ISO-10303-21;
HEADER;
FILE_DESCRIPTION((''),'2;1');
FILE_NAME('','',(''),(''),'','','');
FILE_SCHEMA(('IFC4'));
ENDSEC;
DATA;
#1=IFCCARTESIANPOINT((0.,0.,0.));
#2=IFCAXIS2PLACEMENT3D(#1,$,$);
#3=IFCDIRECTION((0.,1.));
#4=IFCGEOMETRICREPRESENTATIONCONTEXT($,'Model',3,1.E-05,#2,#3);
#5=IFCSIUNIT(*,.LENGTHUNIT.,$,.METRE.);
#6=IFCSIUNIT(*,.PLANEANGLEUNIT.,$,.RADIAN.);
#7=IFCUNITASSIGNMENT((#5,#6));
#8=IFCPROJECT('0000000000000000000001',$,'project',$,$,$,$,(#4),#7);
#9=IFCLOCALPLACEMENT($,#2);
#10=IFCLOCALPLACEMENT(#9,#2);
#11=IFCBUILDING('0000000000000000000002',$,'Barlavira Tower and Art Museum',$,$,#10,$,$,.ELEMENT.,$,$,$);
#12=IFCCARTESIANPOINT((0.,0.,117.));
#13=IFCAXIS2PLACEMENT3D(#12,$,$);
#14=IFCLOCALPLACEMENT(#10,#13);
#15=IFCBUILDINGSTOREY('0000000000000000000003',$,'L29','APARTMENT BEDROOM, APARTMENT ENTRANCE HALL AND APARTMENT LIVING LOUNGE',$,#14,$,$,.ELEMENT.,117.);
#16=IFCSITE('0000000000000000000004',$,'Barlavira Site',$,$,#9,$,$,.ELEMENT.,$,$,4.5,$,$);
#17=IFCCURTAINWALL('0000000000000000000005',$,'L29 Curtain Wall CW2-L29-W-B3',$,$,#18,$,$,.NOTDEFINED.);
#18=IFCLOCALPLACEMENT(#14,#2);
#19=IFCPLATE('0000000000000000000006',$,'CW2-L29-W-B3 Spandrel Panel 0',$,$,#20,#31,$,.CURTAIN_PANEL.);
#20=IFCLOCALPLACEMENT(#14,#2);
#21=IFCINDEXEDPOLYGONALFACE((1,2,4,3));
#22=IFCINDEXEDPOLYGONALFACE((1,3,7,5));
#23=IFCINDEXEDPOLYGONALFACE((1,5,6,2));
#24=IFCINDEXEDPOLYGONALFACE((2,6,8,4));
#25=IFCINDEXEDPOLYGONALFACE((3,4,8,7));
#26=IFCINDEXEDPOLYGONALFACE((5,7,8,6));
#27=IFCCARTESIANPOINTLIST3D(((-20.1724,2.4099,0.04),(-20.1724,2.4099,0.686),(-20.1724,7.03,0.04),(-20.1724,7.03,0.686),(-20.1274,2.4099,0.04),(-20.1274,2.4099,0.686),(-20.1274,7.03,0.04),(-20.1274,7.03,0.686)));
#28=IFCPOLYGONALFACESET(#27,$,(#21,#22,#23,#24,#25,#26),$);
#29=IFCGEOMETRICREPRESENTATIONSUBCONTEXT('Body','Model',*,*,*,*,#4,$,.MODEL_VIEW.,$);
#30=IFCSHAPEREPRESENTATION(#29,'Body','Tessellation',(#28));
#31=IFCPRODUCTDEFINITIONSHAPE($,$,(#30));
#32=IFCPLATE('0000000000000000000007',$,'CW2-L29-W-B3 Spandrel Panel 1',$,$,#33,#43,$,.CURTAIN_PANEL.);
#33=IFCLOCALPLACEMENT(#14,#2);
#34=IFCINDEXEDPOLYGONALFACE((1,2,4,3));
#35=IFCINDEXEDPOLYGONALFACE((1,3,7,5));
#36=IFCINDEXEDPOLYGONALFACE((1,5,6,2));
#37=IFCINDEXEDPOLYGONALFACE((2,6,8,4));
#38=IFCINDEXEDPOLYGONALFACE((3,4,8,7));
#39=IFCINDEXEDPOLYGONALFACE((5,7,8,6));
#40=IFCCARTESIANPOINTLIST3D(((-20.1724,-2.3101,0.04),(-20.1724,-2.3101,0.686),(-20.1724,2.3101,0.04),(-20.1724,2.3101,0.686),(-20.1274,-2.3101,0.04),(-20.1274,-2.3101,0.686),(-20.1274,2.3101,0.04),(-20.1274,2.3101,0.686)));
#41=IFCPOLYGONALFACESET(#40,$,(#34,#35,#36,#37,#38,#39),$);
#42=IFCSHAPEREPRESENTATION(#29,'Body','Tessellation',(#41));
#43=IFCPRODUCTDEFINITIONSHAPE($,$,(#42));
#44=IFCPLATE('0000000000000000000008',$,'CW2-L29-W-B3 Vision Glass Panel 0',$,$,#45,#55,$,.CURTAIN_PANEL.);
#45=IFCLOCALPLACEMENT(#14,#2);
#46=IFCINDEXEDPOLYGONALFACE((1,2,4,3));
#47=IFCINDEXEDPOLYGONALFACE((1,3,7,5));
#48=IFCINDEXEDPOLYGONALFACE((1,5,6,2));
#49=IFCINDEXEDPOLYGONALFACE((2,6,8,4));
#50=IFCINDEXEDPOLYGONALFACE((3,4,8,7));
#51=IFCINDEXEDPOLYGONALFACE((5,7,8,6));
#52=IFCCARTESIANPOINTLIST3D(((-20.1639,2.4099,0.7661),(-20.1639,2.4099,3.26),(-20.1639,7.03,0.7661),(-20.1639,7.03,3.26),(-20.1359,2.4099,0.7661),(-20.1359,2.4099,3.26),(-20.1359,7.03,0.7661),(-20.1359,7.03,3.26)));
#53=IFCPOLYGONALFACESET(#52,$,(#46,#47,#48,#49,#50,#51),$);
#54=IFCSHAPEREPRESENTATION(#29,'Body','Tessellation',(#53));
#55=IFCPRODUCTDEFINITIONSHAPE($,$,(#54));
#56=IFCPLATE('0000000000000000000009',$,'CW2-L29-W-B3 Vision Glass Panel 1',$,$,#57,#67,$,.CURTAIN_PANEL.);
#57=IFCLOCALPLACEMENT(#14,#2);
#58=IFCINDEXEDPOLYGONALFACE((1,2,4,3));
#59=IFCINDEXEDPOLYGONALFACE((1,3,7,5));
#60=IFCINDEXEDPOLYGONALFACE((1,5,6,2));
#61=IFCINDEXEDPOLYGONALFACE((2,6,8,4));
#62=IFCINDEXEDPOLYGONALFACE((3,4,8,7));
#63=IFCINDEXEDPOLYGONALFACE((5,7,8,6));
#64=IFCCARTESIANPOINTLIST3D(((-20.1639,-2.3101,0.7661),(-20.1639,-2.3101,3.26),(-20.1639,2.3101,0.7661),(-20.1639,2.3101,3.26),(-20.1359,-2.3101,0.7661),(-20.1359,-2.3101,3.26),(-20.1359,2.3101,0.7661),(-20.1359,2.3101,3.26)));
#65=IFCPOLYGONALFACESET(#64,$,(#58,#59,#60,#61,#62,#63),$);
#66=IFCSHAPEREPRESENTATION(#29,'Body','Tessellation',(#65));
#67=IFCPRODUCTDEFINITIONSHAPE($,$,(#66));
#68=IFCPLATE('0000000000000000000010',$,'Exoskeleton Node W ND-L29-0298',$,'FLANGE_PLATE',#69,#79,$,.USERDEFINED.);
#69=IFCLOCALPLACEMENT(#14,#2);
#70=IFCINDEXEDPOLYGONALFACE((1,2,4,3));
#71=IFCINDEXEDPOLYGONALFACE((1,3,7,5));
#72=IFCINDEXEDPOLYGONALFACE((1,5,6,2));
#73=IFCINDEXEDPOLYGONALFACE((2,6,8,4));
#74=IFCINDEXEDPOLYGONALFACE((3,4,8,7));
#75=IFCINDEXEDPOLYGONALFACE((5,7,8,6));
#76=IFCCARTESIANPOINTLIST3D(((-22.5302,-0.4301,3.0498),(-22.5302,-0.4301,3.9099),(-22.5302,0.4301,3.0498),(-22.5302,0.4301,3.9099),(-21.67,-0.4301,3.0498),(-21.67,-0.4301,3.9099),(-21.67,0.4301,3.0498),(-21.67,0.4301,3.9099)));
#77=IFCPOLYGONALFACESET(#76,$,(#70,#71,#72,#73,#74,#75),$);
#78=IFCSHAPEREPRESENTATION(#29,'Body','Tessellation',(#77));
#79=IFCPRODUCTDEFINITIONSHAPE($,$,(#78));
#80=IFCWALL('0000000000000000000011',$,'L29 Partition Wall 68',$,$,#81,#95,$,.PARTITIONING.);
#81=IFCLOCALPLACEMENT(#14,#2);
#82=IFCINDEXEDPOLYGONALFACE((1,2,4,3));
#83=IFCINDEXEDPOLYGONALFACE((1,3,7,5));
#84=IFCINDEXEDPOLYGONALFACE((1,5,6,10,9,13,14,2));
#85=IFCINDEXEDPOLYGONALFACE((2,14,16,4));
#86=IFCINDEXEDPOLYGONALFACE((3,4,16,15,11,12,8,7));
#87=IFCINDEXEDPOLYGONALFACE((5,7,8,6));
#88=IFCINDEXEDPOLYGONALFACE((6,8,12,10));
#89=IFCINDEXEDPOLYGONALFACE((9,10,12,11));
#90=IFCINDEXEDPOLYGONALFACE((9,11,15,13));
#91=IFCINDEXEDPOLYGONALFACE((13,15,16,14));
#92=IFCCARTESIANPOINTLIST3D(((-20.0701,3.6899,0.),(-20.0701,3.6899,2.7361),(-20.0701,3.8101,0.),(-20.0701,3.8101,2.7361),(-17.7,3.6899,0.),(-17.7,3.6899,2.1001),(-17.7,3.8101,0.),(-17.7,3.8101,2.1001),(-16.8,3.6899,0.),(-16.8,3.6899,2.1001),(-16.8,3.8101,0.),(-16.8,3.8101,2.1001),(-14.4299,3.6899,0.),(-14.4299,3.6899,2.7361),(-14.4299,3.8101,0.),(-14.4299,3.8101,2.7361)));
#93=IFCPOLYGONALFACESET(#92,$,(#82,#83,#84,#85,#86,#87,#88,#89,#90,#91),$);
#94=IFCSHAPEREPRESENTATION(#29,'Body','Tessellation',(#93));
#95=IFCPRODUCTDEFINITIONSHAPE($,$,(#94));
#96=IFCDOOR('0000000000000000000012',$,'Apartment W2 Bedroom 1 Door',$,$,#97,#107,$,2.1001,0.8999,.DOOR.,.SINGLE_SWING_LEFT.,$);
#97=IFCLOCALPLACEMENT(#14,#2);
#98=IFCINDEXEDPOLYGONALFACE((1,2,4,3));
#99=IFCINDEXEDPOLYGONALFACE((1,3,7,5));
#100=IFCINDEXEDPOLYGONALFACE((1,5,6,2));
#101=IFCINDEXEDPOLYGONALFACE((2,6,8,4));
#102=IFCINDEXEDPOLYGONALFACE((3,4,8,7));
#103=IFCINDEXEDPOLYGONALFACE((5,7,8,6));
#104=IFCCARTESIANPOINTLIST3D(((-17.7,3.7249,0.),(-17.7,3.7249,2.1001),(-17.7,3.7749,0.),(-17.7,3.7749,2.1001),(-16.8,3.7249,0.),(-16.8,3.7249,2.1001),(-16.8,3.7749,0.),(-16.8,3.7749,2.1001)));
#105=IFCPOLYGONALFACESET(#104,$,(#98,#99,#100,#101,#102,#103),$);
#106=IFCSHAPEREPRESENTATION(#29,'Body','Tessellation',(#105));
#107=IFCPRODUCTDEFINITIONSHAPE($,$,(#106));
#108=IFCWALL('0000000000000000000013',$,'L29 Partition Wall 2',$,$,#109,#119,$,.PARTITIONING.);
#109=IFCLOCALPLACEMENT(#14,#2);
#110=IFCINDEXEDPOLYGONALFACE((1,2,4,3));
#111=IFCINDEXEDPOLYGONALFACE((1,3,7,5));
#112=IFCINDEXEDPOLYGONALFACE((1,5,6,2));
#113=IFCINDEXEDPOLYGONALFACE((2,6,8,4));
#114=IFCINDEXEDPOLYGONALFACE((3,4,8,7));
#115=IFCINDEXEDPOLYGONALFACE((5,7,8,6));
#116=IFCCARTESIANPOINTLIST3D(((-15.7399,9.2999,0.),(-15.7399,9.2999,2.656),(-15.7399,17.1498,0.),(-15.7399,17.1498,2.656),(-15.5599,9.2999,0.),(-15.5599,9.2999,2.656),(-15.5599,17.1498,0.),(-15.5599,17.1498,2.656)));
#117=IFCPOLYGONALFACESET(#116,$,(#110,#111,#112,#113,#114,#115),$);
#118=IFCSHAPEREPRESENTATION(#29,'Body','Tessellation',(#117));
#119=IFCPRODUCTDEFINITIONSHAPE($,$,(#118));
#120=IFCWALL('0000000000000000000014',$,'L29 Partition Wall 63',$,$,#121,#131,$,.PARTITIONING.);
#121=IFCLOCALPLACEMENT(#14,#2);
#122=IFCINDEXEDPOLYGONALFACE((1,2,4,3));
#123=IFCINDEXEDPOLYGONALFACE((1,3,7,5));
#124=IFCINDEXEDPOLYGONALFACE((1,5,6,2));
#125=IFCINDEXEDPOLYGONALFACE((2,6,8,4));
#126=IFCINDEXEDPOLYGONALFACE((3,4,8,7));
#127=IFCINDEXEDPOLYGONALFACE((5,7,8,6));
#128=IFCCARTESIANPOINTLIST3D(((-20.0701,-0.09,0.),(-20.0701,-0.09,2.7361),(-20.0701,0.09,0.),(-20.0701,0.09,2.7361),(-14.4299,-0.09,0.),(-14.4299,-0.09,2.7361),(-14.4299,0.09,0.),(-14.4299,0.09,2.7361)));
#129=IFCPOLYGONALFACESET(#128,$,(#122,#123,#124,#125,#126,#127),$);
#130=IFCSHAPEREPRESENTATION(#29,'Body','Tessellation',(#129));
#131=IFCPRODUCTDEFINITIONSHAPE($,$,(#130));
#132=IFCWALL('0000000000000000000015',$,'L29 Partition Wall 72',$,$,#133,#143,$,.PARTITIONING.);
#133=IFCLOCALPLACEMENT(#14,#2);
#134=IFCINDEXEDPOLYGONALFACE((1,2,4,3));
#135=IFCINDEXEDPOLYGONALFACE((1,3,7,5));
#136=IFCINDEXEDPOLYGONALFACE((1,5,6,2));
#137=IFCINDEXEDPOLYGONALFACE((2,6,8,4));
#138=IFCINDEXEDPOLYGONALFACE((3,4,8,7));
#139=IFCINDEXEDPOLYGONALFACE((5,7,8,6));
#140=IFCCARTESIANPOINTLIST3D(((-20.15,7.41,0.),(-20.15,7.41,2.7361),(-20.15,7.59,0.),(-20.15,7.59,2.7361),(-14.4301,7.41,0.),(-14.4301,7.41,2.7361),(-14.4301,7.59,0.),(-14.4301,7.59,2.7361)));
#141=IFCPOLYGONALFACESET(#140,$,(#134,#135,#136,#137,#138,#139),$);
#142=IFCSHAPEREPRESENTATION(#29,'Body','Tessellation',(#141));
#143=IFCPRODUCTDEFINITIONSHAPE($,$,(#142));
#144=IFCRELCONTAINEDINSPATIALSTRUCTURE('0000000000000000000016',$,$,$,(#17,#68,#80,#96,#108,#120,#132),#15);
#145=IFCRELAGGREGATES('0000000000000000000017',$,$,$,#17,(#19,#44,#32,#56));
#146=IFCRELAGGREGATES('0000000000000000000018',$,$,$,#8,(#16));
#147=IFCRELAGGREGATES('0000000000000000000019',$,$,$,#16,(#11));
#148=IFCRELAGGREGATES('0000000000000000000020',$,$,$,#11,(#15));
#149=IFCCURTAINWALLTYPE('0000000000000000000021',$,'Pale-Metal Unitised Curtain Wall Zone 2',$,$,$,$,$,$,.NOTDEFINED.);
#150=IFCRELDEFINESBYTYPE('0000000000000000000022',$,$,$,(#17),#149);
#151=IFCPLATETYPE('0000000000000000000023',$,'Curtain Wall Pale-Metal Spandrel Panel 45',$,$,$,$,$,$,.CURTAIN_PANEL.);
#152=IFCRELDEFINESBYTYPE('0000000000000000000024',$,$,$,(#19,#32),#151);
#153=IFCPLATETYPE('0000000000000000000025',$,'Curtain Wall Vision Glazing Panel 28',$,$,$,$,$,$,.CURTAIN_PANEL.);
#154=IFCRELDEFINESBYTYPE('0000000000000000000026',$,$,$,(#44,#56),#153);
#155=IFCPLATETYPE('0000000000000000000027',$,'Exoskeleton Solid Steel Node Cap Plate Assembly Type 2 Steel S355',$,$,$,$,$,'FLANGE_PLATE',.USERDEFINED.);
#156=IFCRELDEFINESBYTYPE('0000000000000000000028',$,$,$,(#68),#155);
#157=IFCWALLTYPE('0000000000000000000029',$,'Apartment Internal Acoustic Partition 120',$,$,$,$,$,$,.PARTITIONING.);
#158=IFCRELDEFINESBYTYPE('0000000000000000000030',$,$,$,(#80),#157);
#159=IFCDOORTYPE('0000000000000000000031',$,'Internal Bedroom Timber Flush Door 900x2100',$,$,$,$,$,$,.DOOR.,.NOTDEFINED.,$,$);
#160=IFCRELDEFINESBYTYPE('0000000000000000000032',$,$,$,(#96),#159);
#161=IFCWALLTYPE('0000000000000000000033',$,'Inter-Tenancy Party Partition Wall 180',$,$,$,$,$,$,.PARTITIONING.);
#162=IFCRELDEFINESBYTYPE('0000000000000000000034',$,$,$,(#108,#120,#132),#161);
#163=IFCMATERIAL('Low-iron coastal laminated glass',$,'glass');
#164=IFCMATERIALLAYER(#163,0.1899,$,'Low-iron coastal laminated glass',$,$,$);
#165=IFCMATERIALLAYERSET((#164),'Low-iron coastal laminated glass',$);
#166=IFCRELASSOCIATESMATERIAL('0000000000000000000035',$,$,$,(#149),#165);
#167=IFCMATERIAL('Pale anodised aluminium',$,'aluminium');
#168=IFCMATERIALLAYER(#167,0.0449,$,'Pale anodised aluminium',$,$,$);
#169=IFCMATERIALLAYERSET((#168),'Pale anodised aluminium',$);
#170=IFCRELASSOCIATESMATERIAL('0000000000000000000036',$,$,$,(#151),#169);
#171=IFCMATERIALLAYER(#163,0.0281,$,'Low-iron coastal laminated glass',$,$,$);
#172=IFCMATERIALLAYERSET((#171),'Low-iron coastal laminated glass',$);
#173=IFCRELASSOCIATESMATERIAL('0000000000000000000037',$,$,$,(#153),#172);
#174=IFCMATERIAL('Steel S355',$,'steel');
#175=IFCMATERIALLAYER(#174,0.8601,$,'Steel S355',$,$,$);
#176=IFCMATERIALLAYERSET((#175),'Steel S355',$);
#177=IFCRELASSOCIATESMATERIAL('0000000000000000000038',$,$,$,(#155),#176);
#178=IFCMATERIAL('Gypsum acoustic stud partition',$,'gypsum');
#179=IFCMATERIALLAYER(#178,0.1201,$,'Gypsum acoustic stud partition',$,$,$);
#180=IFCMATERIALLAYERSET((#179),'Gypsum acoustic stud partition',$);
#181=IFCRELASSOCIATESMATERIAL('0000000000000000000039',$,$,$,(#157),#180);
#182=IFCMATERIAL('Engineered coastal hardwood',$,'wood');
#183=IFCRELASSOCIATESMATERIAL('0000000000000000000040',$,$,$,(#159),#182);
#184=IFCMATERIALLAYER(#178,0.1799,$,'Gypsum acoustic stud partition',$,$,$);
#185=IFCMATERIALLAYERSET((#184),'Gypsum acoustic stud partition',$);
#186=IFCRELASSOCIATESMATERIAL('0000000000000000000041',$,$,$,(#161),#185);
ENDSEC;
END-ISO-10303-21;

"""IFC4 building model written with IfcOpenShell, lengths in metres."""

from ifc_helpers import new_model, si_unit, direction, frame, frame_2d, origin, origin_2d, place, context, subcontext, project, spatial, rectangle, extrude, material, layer, layer_set, type_object, element, fill, aggregate, save


model = new_model("IFC4")

# Units and contexts
model_context = context("Model", 3, precision=1e-05, world=origin(), true_north=direction((0.0, 1.0)))
body_context = subcontext(model_context, "Body", "Model", "MODEL_VIEW")
ifc_project = project(units=[si_unit("LENGTHUNIT", "METRE"), si_unit("PLANEANGLEUNIT", "RADIAN")], contexts=[model_context])

# Site, building, storey
site_placement = place(None, origin())
site = spatial("IfcSite", under=ifc_project, at=site_placement, Name="Barlavira Site", CompositionType="ELEMENT", RefElevation=4.5)
building_placement = place(site_placement, origin())
building = spatial("IfcBuilding", under=site, at=building_placement, Name="Barlavira Tower and Art Museum", CompositionType="ELEMENT")
storey_placement = place(building_placement, frame((0.0, 0.0, 117.0)))
storey = spatial("IfcBuildingStorey", under=building, at=storey_placement, Name="L29", Description="APARTMENT BEDROOM, APARTMENT ENTRANCE HALL AND APARTMENT LIVING LOUNGE", CompositionType="ELEMENT", Elevation=117.0)

# Curtain wall
ifc_material_1 = material(Name="Low-iron coastal laminated glass", Category="glass")
ifc_layer_1 = layer(ifc_material_1, 0.1899, Name="Low-iron coastal laminated glass")
ifc_layer_set_1 = layer_set([ifc_layer_1], Name="Low-iron coastal laminated glass")
curtain_wall_type = type_object("IfcCurtainWallType", Name="Pale-Metal Unitised Curtain Wall Zone 2", PredefinedType="NOTDEFINED", material=ifc_layer_set_1)
curtain_wall_placement = place(storey_placement, origin())
curtain_wall = element("IfcCurtainWall", 1, at=curtain_wall_placement, inside=storey, type_object=curtain_wall_type, Name="L29 Curtain Wall CW2-L29-W-B3", PredefinedType="NOTDEFINED")
ifc_material_2 = material(Name="Pale anodised aluminium", Category="aluminium")

# Shared definitions
ifc_material_3 = material(Name="Steel S355", Category="steel")

# Plates
ifc_layer_2 = layer(ifc_material_2, 0.0449, Name="Pale anodised aluminium")
ifc_layer_set_2 = layer_set([ifc_layer_2], Name="Pale anodised aluminium")
plate_type_1 = type_object("IfcPlateType", Name="Curtain Wall Pale-Metal Spandrel Panel 45", PredefinedType="CURTAIN_PANEL", material=ifc_layer_set_2)
plate_1_placement = place(storey_placement, frame((-20.1499, 4.72, 0.04), z_axis=(0.0, 0.0, 1.0), x_axis=(0.0, -1.0, 0.0)))
plate_1 = element("IfcPlate", 2, at=plate_1_placement, type_object=plate_type_1, Name="CW2-L29-W-B3 Spandrel Panel 0", PredefinedType="CURTAIN_PANEL", context=body_context, shape_type="SweptSolid", body=[
    extrude(rectangle(XDim=4.6201, YDim=0.0449, at=origin_2d()), origin(), (0.0, 0.0, 1.0), 0.646),
])
plate_2_placement = place(storey_placement, frame((-20.1499, 0.0, 0.04), z_axis=(0.0, 0.0, 1.0), x_axis=(0.0, -1.0, 0.0)))
plate_2 = element("IfcPlate", 3, at=plate_2_placement, type_object=plate_type_1, Name="CW2-L29-W-B3 Spandrel Panel 1", PredefinedType="CURTAIN_PANEL", context=body_context, shape_type="SweptSolid", body=[
    extrude(rectangle(XDim=4.6201, YDim=0.0449, at=origin_2d()), origin(), (0.0, 0.0, 1.0), 0.646),
])
ifc_layer_3 = layer(ifc_material_1, 0.0281, Name="Low-iron coastal laminated glass")
ifc_layer_set_3 = layer_set([ifc_layer_3], Name="Low-iron coastal laminated glass")
plate_type_2 = type_object("IfcPlateType", Name="Curtain Wall Vision Glazing Panel 28", PredefinedType="CURTAIN_PANEL", material=ifc_layer_set_3)
plate_3_placement = place(storey_placement, frame((-20.1499, 4.72, 0.7661), z_axis=(0.0, 0.0, 1.0), x_axis=(0.0, -1.0, 0.0)))
plate_3 = element("IfcPlate", 4, at=plate_3_placement, type_object=plate_type_2, Name="CW2-L29-W-B3 Vision Glass Panel 0", PredefinedType="CURTAIN_PANEL", context=body_context, shape_type="SweptSolid", body=[
    extrude(rectangle(XDim=4.6201, YDim=0.0281, at=origin_2d()), origin(), (0.0, 0.0, 1.0), 2.4939),
])
plate_4_placement = place(storey_placement, frame((-20.1499, 0.0, 0.7661), z_axis=(0.0, 0.0, 1.0), x_axis=(0.0, -1.0, 0.0)))
plate_4 = element("IfcPlate", 5, at=plate_4_placement, type_object=plate_type_2, Name="CW2-L29-W-B3 Vision Glass Panel 1", PredefinedType="CURTAIN_PANEL", context=body_context, shape_type="SweptSolid", body=[
    extrude(rectangle(XDim=4.6201, YDim=0.0281, at=origin_2d()), origin(), (0.0, 0.0, 1.0), 2.4939),
])
aggregate(curtain_wall, [plate_1, plate_3, plate_2, plate_4])
ifc_layer_4 = layer(ifc_material_3, 0.8601, Name="Steel S355")
ifc_layer_set_4 = layer_set([ifc_layer_4], Name="Steel S355")
plate_type_3 = type_object("IfcPlateType", Name="Exoskeleton Solid Steel Node Cap Plate Assembly Type 2 Steel S355", ElementType="FLANGE_PLATE", PredefinedType="USERDEFINED", material=ifc_layer_set_4)
plate_5_placement = place(storey_placement, frame((-22.1001, 0.0, 3.0498), z_axis=(0.0, 0.0, 1.0), x_axis=(1.0, 0.0, 0.0)))
element("IfcPlate", 6, at=plate_5_placement, inside=storey, type_object=plate_type_3, Name="Exoskeleton Node W ND-L29-0298", ObjectType="FLANGE_PLATE", PredefinedType="USERDEFINED", context=body_context, shape_type="SweptSolid", body=[
    extrude(rectangle(XDim=0.8601, YDim=0.8601, at=origin_2d()), origin(), (0.0, 0.0, 1.0), 0.8601),
])

# Wall, opening, door
ifc_material_4 = material(Name="Gypsum acoustic stud partition", Category="gypsum")
ifc_layer_5 = layer(ifc_material_4, 0.1201, Name="Gypsum acoustic stud partition")
ifc_layer_set_5 = layer_set([ifc_layer_5], Name="Gypsum acoustic stud partition")
wall_type_1 = type_object("IfcWallType", Name="Apartment Internal Acoustic Partition 120", PredefinedType="PARTITIONING", material=ifc_layer_set_5)
wall_1_placement = place(storey_placement, frame((-20.0701, 3.75, 0.0), z_axis=(0.0, 0.0, 1.0), x_axis=(1.0, 0.0, 0.0)))
wall_1 = element("IfcWall", 7, at=wall_1_placement, inside=storey, type_object=wall_type_1, Name="L29 Partition Wall 68", PredefinedType="PARTITIONING", context=body_context, shape_type="SweptSolid", body=[
    extrude(rectangle(XDim=5.6401, YDim=0.1201, at=frame_2d((2.8201, 0.0))), origin(), (0.0, 0.0, 1.0), 2.7361),
])
opening_placement = place(wall_1_placement, frame((2.3701, 0.0, 0.0)))
opening = element("IfcOpeningElement", 8, at=opening_placement, cuts=wall_1, PredefinedType="OPENING", context=body_context, shape_type="SweptSolid", body=[
    extrude(rectangle(XDim=0.8999, YDim=2.1001, at=frame_2d((0.45, 1.05))), frame((0.0, 0.0701, 0.0), z_axis=(0.0, -1.0, 0.0), x_axis=(1.0, 0.0, 0.0)), (0.0, 0.0, 1.0), 0.1401),
])
ifc_material_5 = material(Name="Engineered coastal hardwood", Category="wood")
door_type = type_object("IfcDoorType", Name="Internal Bedroom Timber Flush Door 900x2100", OperationType="NOTDEFINED", PredefinedType="DOOR", material=ifc_material_5)
door_placement = place(opening_placement, origin())
door = element("IfcDoor", 9, at=door_placement, inside=storey, type_object=door_type, Name="Apartment W2 Bedroom 1 Door", OperationType="SINGLE_SWING_LEFT", OverallHeight=2.1001, OverallWidth=0.8999, PredefinedType="DOOR", context=body_context, shape_type="SweptSolid", body=[
    extrude(rectangle(XDim=0.8999, YDim=2.1001, at=frame_2d((0.45, 1.05))), frame((0.0, 0.0249, 0.0), z_axis=(0.0, -1.0, 0.0), x_axis=(1.0, 0.0, 0.0)), (0.0, 0.0, 1.0), 0.05),
])
fill(opening, door)

# Walls
ifc_layer_6 = layer(ifc_material_4, 0.1799, Name="Gypsum acoustic stud partition")
ifc_layer_set_6 = layer_set([ifc_layer_6], Name="Gypsum acoustic stud partition")
wall_type_2 = type_object("IfcWallType", Name="Inter-Tenancy Party Partition Wall 180", PredefinedType="PARTITIONING", material=ifc_layer_set_6)
wall_2_placement = place(storey_placement, frame((-15.6499, 9.3, 0.0), z_axis=(0.0, 0.0, 1.0), x_axis=(0.0, 1.0, 0.0)))
element("IfcWall", 10, at=wall_2_placement, inside=storey, type_object=wall_type_2, Name="L29 Partition Wall 2", PredefinedType="PARTITIONING", context=body_context, shape_type="SweptSolid", body=[
    extrude(rectangle(XDim=7.8499, YDim=0.1799, at=frame_2d((3.9248, 0.0))), origin(), (0.0, 0.0, 1.0), 2.656),
])
wall_3_placement = place(storey_placement, frame((-20.0701, 0.0, 0.0), z_axis=(0.0, 0.0, 1.0), x_axis=(1.0, 0.0, 0.0)))
element("IfcWall", 11, at=wall_3_placement, inside=storey, type_object=wall_type_2, Name="L29 Partition Wall 63", PredefinedType="PARTITIONING", context=body_context, shape_type="SweptSolid", body=[
    extrude(rectangle(XDim=5.6401, YDim=0.1799, at=frame_2d((2.8201, 0.0))), origin(), (0.0, 0.0, 1.0), 2.7361),
])
wall_4_placement = place(storey_placement, frame((-20.1499, 7.5, 0.0), z_axis=(0.0, 0.0, 1.0), x_axis=(1.0, 0.0, 0.0)))
element("IfcWall", 12, at=wall_4_placement, inside=storey, type_object=wall_type_2, Name="L29 Partition Wall 72", PredefinedType="PARTITIONING", context=body_context, shape_type="SweptSolid", body=[
    extrude(rectangle(XDim=5.72, YDim=0.1799, at=frame_2d((2.8599, 0.0))), origin(), (0.0, 0.0, 1.0), 2.7361),
])

save(model, "model.ifc")
